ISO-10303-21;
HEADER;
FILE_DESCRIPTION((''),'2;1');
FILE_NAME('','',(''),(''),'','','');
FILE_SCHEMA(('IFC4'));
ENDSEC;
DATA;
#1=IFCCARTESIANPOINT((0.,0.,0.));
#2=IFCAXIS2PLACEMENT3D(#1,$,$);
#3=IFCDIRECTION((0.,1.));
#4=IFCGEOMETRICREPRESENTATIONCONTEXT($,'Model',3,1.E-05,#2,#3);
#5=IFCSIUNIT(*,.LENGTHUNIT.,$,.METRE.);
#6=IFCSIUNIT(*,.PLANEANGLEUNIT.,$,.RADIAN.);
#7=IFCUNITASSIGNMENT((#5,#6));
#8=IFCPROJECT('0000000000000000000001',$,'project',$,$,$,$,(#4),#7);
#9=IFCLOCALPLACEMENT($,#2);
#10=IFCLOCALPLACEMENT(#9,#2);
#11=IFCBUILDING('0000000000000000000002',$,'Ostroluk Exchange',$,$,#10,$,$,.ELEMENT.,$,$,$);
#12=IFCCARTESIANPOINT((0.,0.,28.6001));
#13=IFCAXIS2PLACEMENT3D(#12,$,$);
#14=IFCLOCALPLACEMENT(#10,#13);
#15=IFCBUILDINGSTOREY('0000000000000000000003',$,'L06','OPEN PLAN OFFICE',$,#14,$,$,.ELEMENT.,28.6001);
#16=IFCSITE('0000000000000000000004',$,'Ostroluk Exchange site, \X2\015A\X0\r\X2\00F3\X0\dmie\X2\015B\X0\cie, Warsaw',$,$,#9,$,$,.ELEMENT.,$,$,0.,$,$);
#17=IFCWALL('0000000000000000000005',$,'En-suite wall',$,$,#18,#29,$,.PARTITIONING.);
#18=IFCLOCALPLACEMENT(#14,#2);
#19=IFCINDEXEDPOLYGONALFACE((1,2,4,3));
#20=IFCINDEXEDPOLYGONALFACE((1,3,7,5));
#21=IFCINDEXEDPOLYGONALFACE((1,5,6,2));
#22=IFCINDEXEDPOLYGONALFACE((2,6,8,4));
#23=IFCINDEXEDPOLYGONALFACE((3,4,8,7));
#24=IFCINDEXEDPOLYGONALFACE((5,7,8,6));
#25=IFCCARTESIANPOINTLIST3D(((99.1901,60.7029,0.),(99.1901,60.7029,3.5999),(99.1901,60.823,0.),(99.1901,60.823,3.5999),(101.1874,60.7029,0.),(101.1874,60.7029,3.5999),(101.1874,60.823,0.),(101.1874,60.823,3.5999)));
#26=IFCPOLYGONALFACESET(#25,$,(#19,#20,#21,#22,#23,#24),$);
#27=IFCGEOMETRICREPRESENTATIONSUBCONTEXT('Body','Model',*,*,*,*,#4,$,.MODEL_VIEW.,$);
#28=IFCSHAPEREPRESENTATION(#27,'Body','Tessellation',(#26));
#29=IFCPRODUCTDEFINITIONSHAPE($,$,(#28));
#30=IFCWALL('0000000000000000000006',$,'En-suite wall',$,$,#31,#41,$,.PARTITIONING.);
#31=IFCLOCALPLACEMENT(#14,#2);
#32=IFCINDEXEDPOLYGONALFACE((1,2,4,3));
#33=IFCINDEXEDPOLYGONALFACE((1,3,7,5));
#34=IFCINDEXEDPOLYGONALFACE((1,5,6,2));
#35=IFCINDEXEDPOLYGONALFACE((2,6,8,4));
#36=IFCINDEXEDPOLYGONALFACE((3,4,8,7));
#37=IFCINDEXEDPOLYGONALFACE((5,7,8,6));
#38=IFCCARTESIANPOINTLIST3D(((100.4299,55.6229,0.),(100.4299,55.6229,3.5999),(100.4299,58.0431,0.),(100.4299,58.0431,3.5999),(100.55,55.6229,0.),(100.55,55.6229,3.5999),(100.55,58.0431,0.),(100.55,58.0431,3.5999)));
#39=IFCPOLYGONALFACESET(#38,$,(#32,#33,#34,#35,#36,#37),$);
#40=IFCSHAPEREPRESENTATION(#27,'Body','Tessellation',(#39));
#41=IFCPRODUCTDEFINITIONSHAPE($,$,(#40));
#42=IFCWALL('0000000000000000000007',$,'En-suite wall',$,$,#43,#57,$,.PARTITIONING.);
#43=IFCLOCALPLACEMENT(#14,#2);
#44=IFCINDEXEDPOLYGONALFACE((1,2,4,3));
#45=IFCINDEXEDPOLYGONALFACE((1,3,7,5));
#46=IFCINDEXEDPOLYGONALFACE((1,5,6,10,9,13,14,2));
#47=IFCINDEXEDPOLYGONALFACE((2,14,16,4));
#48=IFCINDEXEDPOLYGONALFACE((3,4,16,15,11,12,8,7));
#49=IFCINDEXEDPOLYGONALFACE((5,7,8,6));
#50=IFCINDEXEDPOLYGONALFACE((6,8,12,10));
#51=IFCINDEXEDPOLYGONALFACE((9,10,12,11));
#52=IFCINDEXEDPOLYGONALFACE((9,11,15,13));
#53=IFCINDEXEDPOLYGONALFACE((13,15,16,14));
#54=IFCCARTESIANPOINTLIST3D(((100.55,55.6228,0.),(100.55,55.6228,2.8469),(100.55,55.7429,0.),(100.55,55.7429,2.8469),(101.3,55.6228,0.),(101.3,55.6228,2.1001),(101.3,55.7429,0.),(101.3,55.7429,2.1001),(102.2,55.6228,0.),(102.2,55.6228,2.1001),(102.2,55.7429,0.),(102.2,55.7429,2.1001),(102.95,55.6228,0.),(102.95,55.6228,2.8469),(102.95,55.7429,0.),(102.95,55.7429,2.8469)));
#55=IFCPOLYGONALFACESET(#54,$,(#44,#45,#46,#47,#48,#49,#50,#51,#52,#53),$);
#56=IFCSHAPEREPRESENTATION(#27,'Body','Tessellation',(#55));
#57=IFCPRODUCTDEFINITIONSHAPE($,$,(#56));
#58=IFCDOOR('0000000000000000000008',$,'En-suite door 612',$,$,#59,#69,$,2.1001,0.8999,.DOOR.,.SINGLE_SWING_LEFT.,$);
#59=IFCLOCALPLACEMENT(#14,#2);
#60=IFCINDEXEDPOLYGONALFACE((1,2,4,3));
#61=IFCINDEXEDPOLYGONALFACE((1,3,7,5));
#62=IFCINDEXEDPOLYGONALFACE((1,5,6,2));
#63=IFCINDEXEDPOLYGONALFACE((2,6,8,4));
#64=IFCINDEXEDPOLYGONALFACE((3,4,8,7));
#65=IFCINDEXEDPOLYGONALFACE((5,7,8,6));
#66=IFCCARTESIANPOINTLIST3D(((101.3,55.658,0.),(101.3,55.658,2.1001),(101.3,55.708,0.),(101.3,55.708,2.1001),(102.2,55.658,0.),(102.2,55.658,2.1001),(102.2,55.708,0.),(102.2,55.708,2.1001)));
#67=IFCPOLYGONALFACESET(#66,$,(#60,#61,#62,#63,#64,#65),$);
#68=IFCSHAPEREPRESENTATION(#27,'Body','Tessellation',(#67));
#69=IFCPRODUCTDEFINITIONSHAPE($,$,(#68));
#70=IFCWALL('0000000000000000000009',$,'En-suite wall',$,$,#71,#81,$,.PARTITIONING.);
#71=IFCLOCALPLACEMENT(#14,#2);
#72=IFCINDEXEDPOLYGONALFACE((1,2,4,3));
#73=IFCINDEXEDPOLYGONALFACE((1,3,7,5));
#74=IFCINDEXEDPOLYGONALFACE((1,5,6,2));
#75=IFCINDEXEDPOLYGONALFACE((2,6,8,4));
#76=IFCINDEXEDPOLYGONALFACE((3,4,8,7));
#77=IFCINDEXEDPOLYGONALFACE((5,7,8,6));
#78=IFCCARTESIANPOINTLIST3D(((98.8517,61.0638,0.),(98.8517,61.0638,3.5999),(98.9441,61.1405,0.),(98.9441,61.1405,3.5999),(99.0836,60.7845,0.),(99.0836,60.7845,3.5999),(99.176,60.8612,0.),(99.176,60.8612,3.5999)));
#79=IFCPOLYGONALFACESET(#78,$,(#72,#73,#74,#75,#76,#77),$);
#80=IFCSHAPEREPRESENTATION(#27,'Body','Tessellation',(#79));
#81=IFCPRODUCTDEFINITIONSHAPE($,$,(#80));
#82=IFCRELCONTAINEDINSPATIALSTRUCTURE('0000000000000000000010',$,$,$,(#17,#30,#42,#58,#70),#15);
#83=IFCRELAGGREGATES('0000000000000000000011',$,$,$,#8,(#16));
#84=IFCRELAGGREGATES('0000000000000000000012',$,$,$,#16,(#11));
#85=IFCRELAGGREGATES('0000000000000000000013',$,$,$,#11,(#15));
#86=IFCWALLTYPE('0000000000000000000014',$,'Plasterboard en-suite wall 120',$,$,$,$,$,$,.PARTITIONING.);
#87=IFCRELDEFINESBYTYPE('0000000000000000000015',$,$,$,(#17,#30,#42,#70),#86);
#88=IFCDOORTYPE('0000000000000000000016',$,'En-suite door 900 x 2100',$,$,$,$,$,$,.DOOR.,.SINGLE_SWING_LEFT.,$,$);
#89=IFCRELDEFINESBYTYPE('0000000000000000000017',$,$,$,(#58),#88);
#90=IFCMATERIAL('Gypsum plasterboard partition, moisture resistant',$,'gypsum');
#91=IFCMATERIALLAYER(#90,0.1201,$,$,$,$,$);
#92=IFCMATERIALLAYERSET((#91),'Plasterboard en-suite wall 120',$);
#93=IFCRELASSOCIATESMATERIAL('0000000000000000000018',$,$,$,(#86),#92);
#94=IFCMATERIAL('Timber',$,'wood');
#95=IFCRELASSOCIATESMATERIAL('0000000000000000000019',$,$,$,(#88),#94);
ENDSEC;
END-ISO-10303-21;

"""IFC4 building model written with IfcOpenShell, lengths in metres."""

from ifc_helpers import new_model, si_unit, direction, frame, frame_2d, origin, place, context, subcontext, project, spatial, rectangle, extrude, material, layer, layer_set, type_object, element, fill, save


model = new_model("IFC4")

# Units and contexts
model_context = context("Model", 3, precision=1e-05, world=origin(), true_north=direction((0.0, 1.0)))
body_context = subcontext(model_context, "Body", "Model", "MODEL_VIEW")
ifc_project = project(units=[si_unit("LENGTHUNIT", "METRE"), si_unit("PLANEANGLEUNIT", "RADIAN")], contexts=[model_context])

# Site, building, storey
site_placement = place(None, origin())
site = spatial("IfcSite", under=ifc_project, at=site_placement, Name="Ostroluk Exchange site, Śródmieście, Warsaw", CompositionType="ELEMENT", RefElevation=0.0)
building_placement = place(site_placement, origin())
building = spatial("IfcBuilding", under=site, at=building_placement, Name="Ostroluk Exchange", CompositionType="ELEMENT")
storey_placement = place(building_placement, frame((0.0, 0.0, 28.6001)))
storey = spatial("IfcBuildingStorey", under=building, at=storey_placement, Name="L06", Description="OPEN PLAN OFFICE", CompositionType="ELEMENT", Elevation=28.6001)

# Shared definitions
ifc_material_1 = material(Name="Gypsum plasterboard partition, moisture resistant", Category="gypsum")
ifc_layer_1 = layer(ifc_material_1, 0.1201)
ifc_layer_set_1 = layer_set([ifc_layer_1], Name="Plasterboard en-suite wall 120")
wall_type_1 = type_object("IfcWallType", Name="Plasterboard en-suite wall 120", PredefinedType="PARTITIONING", material=ifc_layer_set_1)
ifc_material_2 = material(Name="Timber", Category="wood")
door_type_1 = type_object("IfcDoorType", Name="En-suite door 900 x 2100", OperationType="SINGLE_SWING_LEFT", PredefinedType="DOOR", material=ifc_material_2)

# Walls
wall_1_placement = place(storey_placement, frame((101.1873, 60.7629, 0.0), z_axis=(0.0, 0.0, 1.0), x_axis=(-1.0, 0.0, 0.0)))
element("IfcWall", 1, at=wall_1_placement, inside=storey, type_object=wall_type_1, Name="En-suite wall", PredefinedType="PARTITIONING", context=body_context, shape_type="SweptSolid", body=[
    extrude(rectangle(XDim=1.9973, YDim=0.1201, at=frame_2d((0.9985, 0.0))), origin(), (0.0, 0.0, 1.0), 3.5999),
])
wall_2_placement = place(storey_placement, frame((100.49, 58.043, 0.0), z_axis=(0.0, 0.0, 1.0), x_axis=(0.0, -1.0, 0.0)))
element("IfcWall", 2, at=wall_2_placement, inside=storey, type_object=wall_type_1, Name="En-suite wall", PredefinedType="PARTITIONING", context=body_context, shape_type="SweptSolid", body=[
    extrude(rectangle(XDim=2.4202, YDim=0.1201, at=frame_2d((1.21, 0.0))), origin(), (0.0, 0.0, 1.0), 3.5999),
])

# Wall, opening, door
wall_3_placement = place(storey_placement, frame((102.95, 55.6829, 0.0), z_axis=(0.0, 0.0, 1.0), x_axis=(-1.0, 0.0, 0.0)))
wall_3 = element("IfcWall", 3, at=wall_3_placement, inside=storey, type_object=wall_type_1, Name="En-suite wall", PredefinedType="PARTITIONING", context=body_context, shape_type="SweptSolid", body=[
    extrude(rectangle(XDim=2.3999, YDim=0.1201, at=frame_2d((1.2, 0.0))), origin(), (0.0, 0.0, 1.0), 2.8469),
])
opening_1_placement = place(wall_3_placement, frame((0.75, 0.0, 0.0)))
opening_1 = element("IfcOpeningElement", 4, at=opening_1_placement, cuts=wall_3, PredefinedType="OPENING", context=body_context, shape_type="SweptSolid", body=[
    extrude(rectangle(XDim=0.8999, YDim=2.1001, at=frame_2d((0.45, 1.05))), frame((0.0, 0.0701, 0.0), z_axis=(0.0, -1.0, 0.0), x_axis=(1.0, 0.0, 0.0)), (0.0, 0.0, 1.0), 0.1401),
])
door_1_placement = place(opening_1_placement, origin())
door_1 = element("IfcDoor", 5, at=door_1_placement, inside=storey, type_object=door_type_1, Name="En-suite door 612", OperationType="SINGLE_SWING_LEFT", OverallHeight=2.1001, OverallWidth=0.8999, PredefinedType="DOOR", context=body_context, shape_type="SweptSolid", body=[
    extrude(rectangle(XDim=0.8999, YDim=2.1001, at=frame_2d((0.45, 1.05))), frame((0.0, 0.0249, 0.0), z_axis=(0.0, -1.0, 0.0), x_axis=(1.0, 0.0, 0.0)), (0.0, 0.0, 1.0), 0.05),
])
fill(opening_1, door_1)

# Wall
wall_4_placement = place(storey_placement, frame((99.1299, 60.8228, 0.0), z_axis=(0.0, 0.0, 1.0), x_axis=(-0.638861, 0.769323, 0.0)))
element("IfcWall", 6, at=wall_4_placement, inside=storey, type_object=wall_type_1, Name="En-suite wall", PredefinedType="PARTITIONING", context=body_context, shape_type="SweptSolid", body=[
    extrude(rectangle(XDim=0.363, YDim=0.1201, at=frame_2d((0.1816, 0.0))), origin(), (0.0, 0.0, 1.0), 3.5999),
])

save(model, "model.ifc")
